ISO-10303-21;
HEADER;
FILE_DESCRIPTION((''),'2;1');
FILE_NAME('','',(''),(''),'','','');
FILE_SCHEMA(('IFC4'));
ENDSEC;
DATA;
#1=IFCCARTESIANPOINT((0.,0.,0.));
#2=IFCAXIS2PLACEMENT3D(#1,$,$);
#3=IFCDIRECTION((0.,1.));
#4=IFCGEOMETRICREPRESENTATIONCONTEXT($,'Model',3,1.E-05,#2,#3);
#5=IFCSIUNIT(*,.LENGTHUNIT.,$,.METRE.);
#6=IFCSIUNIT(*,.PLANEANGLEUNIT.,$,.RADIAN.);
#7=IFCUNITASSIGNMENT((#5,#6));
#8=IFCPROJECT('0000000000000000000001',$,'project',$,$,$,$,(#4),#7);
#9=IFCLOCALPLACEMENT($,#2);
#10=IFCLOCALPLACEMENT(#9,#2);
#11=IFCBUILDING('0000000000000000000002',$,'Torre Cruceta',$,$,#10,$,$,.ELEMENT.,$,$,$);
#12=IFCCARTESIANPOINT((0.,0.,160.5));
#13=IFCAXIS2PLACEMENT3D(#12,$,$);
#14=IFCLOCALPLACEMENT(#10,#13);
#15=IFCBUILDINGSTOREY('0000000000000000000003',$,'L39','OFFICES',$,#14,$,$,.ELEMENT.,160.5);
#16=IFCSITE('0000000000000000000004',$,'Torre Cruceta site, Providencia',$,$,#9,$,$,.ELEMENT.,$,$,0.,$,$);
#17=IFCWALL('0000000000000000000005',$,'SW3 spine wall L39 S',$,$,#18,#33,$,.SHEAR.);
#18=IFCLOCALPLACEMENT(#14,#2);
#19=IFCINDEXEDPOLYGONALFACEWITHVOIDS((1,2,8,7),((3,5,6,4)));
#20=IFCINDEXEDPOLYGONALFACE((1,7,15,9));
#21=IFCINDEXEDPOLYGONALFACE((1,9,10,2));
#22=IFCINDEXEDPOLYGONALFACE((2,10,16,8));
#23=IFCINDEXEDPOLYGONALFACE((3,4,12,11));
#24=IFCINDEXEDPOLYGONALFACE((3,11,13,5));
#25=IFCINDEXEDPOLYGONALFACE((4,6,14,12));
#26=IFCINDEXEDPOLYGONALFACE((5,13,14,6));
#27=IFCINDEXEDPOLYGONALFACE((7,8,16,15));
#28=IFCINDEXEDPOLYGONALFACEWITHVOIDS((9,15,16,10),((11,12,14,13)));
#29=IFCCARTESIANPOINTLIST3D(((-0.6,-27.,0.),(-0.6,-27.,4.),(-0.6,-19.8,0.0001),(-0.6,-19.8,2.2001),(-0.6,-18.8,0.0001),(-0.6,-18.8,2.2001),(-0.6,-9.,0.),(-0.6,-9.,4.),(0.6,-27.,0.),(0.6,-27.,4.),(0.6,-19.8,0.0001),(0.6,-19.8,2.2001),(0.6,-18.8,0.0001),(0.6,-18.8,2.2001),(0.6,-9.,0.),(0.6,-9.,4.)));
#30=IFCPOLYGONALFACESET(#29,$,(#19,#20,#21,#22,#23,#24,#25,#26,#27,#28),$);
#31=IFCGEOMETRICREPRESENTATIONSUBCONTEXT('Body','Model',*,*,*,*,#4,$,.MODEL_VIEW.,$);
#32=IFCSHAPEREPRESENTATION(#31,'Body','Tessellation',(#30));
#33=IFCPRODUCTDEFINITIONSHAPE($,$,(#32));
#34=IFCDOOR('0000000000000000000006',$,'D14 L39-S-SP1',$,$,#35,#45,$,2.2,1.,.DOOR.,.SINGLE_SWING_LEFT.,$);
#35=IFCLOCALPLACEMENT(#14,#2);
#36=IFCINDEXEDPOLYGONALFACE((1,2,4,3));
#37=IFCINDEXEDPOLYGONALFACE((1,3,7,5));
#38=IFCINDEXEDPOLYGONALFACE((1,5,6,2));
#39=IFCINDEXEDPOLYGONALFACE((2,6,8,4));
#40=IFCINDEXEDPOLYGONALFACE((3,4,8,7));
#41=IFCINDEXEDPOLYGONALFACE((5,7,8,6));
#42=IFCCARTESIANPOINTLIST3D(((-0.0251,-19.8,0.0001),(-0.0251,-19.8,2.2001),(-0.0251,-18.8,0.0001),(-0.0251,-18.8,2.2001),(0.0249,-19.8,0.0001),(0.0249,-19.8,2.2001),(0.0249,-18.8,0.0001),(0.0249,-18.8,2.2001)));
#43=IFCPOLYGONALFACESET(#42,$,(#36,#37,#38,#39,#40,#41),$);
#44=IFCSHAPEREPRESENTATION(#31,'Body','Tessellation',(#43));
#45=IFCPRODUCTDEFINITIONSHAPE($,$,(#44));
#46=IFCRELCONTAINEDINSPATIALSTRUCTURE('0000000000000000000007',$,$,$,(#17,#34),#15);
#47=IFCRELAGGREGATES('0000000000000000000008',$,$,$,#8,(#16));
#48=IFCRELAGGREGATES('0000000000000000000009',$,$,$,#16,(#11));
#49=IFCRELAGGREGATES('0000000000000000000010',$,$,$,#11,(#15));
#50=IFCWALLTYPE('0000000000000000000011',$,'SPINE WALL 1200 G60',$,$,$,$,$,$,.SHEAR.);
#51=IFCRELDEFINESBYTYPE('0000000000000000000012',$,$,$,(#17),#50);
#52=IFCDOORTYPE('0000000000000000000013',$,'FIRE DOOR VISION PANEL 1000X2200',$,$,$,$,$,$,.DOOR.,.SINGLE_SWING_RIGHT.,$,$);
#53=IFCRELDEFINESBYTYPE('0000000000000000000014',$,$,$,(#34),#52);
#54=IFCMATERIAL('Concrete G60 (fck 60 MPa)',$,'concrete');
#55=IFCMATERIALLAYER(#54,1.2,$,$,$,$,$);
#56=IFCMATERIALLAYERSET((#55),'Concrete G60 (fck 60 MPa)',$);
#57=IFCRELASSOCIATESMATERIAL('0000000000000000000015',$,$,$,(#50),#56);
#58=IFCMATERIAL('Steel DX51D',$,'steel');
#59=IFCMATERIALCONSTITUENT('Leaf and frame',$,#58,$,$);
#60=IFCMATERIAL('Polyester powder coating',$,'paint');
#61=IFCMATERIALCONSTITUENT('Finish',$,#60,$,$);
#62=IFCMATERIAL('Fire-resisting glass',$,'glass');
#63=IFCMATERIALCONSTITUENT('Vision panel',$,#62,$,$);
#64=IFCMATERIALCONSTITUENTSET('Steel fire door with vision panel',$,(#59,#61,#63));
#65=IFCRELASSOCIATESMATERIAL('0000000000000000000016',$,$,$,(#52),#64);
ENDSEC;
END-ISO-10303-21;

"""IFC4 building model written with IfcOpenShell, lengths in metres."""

from ifc_helpers import new_model, si_unit, direction, frame, frame_2d, origin, place, context, subcontext, project, spatial, rectangle, extrude, material, layer, layer_set, constituent, constituent_set, type_object, element, fill, save


model = new_model("IFC4")

# Units and contexts
model_context = context("Model", 3, precision=1e-05, world=origin(), true_north=direction((0.0, 1.0)))
body_context = subcontext(model_context, "Body", "Model", "MODEL_VIEW")
ifc_project = project(units=[si_unit("LENGTHUNIT", "METRE"), si_unit("PLANEANGLEUNIT", "RADIAN")], contexts=[model_context])

# Site, building, storey
site_placement = place(None, origin())
site = spatial("IfcSite", under=ifc_project, at=site_placement, Name="Torre Cruceta site, Providencia", CompositionType="ELEMENT", RefElevation=0.0)
building_placement = place(site_placement, origin())
building = spatial("IfcBuilding", under=site, at=building_placement, Name="Torre Cruceta", CompositionType="ELEMENT")
storey_placement = place(building_placement, frame((0.0, 0.0, 160.5)))
storey = spatial("IfcBuildingStorey", under=building, at=storey_placement, Name="L39", Description="OFFICES", CompositionType="ELEMENT", Elevation=160.5)

# Wall, opening, door
ifc_material_1 = material(Name="Concrete G60 (fck 60 MPa)", Category="concrete")
ifc_layer_1 = layer(ifc_material_1, 1.2)
ifc_layer_set_1 = layer_set([ifc_layer_1], Name="Concrete G60 (fck 60 MPa)")
wall_type_1 = type_object("IfcWallType", Name="SPINE WALL 1200 G60", PredefinedType="SHEAR", material=ifc_layer_set_1)
wall_1_placement = place(storey_placement, frame((0.0, -9.0, 0.0), z_axis=(0.0, 0.0, 1.0), x_axis=(0.0, -1.0, 0.0)))
wall_1 = element("IfcWall", 1, at=wall_1_placement, inside=storey, type_object=wall_type_1, Name="SW3 spine wall L39 S", PredefinedType="SHEAR", context=body_context, shape_type="SweptSolid", body=[
    extrude(rectangle(XDim=18.0, YDim=1.2, at=frame_2d((9.0, 0.0))), origin(), (0.0, 0.0, 1.0), 4.0),
])
opening_1_placement = place(wall_1_placement, frame((9.8, 0.0, 0.0)))
opening_1 = element("IfcOpeningElement", 2, at=opening_1_placement, cuts=wall_1, PredefinedType="OPENING", context=body_context, shape_type="SweptSolid", body=[
    extrude(rectangle(XDim=1.0, YDim=2.2, at=frame_2d((0.5, 1.1001))), frame((0.0, 0.6099, 0.0), z_axis=(0.0, -1.0, 0.0), x_axis=(1.0, 0.0, 0.0)), (0.0, 0.0, 1.0), 1.22),
])
ifc_material_2 = material(Name="Steel DX51D", Category="steel")
ifc_constituent_1 = constituent(ifc_material_2, Name="Leaf and frame")
ifc_material_3 = material(Name="Polyester powder coating", Category="paint")
ifc_constituent_2 = constituent(ifc_material_3, Name="Finish")
ifc_material_4 = material(Name="Fire-resisting glass", Category="glass")
ifc_constituent_3 = constituent(ifc_material_4, Name="Vision panel")
ifc_constituent_set_1 = constituent_set(constituents=[ifc_constituent_1, ifc_constituent_2, ifc_constituent_3], Name="Steel fire door with vision panel")
door_type_1 = type_object("IfcDoorType", Name="FIRE DOOR VISION PANEL 1000X2200", OperationType="SINGLE_SWING_RIGHT", PredefinedType="DOOR", material=ifc_constituent_set_1)
door_1_placement = place(opening_1_placement, frame((1.0, 0.0, 0.0), z_axis=(0.0, 0.0, 1.0), x_axis=(-1.0, 0.0, 0.0)))
door_1 = element("IfcDoor", 3, at=door_1_placement, inside=storey, type_object=door_type_1, Name="D14 L39-S-SP1", OperationType="SINGLE_SWING_LEFT", OverallHeight=2.2, OverallWidth=1.0, PredefinedType="DOOR", context=body_context, shape_type="SweptSolid", body=[
    extrude(rectangle(XDim=1.0, YDim=2.2, at=frame_2d((0.5, 1.1001))), frame((0.0, 0.0251, 0.0), z_axis=(0.0, -1.0, 0.0), x_axis=(1.0, 0.0, 0.0)), (0.0, 0.0, 1.0), 0.05),
])
fill(opening_1, door_1)

save(model, "model.ifc")
